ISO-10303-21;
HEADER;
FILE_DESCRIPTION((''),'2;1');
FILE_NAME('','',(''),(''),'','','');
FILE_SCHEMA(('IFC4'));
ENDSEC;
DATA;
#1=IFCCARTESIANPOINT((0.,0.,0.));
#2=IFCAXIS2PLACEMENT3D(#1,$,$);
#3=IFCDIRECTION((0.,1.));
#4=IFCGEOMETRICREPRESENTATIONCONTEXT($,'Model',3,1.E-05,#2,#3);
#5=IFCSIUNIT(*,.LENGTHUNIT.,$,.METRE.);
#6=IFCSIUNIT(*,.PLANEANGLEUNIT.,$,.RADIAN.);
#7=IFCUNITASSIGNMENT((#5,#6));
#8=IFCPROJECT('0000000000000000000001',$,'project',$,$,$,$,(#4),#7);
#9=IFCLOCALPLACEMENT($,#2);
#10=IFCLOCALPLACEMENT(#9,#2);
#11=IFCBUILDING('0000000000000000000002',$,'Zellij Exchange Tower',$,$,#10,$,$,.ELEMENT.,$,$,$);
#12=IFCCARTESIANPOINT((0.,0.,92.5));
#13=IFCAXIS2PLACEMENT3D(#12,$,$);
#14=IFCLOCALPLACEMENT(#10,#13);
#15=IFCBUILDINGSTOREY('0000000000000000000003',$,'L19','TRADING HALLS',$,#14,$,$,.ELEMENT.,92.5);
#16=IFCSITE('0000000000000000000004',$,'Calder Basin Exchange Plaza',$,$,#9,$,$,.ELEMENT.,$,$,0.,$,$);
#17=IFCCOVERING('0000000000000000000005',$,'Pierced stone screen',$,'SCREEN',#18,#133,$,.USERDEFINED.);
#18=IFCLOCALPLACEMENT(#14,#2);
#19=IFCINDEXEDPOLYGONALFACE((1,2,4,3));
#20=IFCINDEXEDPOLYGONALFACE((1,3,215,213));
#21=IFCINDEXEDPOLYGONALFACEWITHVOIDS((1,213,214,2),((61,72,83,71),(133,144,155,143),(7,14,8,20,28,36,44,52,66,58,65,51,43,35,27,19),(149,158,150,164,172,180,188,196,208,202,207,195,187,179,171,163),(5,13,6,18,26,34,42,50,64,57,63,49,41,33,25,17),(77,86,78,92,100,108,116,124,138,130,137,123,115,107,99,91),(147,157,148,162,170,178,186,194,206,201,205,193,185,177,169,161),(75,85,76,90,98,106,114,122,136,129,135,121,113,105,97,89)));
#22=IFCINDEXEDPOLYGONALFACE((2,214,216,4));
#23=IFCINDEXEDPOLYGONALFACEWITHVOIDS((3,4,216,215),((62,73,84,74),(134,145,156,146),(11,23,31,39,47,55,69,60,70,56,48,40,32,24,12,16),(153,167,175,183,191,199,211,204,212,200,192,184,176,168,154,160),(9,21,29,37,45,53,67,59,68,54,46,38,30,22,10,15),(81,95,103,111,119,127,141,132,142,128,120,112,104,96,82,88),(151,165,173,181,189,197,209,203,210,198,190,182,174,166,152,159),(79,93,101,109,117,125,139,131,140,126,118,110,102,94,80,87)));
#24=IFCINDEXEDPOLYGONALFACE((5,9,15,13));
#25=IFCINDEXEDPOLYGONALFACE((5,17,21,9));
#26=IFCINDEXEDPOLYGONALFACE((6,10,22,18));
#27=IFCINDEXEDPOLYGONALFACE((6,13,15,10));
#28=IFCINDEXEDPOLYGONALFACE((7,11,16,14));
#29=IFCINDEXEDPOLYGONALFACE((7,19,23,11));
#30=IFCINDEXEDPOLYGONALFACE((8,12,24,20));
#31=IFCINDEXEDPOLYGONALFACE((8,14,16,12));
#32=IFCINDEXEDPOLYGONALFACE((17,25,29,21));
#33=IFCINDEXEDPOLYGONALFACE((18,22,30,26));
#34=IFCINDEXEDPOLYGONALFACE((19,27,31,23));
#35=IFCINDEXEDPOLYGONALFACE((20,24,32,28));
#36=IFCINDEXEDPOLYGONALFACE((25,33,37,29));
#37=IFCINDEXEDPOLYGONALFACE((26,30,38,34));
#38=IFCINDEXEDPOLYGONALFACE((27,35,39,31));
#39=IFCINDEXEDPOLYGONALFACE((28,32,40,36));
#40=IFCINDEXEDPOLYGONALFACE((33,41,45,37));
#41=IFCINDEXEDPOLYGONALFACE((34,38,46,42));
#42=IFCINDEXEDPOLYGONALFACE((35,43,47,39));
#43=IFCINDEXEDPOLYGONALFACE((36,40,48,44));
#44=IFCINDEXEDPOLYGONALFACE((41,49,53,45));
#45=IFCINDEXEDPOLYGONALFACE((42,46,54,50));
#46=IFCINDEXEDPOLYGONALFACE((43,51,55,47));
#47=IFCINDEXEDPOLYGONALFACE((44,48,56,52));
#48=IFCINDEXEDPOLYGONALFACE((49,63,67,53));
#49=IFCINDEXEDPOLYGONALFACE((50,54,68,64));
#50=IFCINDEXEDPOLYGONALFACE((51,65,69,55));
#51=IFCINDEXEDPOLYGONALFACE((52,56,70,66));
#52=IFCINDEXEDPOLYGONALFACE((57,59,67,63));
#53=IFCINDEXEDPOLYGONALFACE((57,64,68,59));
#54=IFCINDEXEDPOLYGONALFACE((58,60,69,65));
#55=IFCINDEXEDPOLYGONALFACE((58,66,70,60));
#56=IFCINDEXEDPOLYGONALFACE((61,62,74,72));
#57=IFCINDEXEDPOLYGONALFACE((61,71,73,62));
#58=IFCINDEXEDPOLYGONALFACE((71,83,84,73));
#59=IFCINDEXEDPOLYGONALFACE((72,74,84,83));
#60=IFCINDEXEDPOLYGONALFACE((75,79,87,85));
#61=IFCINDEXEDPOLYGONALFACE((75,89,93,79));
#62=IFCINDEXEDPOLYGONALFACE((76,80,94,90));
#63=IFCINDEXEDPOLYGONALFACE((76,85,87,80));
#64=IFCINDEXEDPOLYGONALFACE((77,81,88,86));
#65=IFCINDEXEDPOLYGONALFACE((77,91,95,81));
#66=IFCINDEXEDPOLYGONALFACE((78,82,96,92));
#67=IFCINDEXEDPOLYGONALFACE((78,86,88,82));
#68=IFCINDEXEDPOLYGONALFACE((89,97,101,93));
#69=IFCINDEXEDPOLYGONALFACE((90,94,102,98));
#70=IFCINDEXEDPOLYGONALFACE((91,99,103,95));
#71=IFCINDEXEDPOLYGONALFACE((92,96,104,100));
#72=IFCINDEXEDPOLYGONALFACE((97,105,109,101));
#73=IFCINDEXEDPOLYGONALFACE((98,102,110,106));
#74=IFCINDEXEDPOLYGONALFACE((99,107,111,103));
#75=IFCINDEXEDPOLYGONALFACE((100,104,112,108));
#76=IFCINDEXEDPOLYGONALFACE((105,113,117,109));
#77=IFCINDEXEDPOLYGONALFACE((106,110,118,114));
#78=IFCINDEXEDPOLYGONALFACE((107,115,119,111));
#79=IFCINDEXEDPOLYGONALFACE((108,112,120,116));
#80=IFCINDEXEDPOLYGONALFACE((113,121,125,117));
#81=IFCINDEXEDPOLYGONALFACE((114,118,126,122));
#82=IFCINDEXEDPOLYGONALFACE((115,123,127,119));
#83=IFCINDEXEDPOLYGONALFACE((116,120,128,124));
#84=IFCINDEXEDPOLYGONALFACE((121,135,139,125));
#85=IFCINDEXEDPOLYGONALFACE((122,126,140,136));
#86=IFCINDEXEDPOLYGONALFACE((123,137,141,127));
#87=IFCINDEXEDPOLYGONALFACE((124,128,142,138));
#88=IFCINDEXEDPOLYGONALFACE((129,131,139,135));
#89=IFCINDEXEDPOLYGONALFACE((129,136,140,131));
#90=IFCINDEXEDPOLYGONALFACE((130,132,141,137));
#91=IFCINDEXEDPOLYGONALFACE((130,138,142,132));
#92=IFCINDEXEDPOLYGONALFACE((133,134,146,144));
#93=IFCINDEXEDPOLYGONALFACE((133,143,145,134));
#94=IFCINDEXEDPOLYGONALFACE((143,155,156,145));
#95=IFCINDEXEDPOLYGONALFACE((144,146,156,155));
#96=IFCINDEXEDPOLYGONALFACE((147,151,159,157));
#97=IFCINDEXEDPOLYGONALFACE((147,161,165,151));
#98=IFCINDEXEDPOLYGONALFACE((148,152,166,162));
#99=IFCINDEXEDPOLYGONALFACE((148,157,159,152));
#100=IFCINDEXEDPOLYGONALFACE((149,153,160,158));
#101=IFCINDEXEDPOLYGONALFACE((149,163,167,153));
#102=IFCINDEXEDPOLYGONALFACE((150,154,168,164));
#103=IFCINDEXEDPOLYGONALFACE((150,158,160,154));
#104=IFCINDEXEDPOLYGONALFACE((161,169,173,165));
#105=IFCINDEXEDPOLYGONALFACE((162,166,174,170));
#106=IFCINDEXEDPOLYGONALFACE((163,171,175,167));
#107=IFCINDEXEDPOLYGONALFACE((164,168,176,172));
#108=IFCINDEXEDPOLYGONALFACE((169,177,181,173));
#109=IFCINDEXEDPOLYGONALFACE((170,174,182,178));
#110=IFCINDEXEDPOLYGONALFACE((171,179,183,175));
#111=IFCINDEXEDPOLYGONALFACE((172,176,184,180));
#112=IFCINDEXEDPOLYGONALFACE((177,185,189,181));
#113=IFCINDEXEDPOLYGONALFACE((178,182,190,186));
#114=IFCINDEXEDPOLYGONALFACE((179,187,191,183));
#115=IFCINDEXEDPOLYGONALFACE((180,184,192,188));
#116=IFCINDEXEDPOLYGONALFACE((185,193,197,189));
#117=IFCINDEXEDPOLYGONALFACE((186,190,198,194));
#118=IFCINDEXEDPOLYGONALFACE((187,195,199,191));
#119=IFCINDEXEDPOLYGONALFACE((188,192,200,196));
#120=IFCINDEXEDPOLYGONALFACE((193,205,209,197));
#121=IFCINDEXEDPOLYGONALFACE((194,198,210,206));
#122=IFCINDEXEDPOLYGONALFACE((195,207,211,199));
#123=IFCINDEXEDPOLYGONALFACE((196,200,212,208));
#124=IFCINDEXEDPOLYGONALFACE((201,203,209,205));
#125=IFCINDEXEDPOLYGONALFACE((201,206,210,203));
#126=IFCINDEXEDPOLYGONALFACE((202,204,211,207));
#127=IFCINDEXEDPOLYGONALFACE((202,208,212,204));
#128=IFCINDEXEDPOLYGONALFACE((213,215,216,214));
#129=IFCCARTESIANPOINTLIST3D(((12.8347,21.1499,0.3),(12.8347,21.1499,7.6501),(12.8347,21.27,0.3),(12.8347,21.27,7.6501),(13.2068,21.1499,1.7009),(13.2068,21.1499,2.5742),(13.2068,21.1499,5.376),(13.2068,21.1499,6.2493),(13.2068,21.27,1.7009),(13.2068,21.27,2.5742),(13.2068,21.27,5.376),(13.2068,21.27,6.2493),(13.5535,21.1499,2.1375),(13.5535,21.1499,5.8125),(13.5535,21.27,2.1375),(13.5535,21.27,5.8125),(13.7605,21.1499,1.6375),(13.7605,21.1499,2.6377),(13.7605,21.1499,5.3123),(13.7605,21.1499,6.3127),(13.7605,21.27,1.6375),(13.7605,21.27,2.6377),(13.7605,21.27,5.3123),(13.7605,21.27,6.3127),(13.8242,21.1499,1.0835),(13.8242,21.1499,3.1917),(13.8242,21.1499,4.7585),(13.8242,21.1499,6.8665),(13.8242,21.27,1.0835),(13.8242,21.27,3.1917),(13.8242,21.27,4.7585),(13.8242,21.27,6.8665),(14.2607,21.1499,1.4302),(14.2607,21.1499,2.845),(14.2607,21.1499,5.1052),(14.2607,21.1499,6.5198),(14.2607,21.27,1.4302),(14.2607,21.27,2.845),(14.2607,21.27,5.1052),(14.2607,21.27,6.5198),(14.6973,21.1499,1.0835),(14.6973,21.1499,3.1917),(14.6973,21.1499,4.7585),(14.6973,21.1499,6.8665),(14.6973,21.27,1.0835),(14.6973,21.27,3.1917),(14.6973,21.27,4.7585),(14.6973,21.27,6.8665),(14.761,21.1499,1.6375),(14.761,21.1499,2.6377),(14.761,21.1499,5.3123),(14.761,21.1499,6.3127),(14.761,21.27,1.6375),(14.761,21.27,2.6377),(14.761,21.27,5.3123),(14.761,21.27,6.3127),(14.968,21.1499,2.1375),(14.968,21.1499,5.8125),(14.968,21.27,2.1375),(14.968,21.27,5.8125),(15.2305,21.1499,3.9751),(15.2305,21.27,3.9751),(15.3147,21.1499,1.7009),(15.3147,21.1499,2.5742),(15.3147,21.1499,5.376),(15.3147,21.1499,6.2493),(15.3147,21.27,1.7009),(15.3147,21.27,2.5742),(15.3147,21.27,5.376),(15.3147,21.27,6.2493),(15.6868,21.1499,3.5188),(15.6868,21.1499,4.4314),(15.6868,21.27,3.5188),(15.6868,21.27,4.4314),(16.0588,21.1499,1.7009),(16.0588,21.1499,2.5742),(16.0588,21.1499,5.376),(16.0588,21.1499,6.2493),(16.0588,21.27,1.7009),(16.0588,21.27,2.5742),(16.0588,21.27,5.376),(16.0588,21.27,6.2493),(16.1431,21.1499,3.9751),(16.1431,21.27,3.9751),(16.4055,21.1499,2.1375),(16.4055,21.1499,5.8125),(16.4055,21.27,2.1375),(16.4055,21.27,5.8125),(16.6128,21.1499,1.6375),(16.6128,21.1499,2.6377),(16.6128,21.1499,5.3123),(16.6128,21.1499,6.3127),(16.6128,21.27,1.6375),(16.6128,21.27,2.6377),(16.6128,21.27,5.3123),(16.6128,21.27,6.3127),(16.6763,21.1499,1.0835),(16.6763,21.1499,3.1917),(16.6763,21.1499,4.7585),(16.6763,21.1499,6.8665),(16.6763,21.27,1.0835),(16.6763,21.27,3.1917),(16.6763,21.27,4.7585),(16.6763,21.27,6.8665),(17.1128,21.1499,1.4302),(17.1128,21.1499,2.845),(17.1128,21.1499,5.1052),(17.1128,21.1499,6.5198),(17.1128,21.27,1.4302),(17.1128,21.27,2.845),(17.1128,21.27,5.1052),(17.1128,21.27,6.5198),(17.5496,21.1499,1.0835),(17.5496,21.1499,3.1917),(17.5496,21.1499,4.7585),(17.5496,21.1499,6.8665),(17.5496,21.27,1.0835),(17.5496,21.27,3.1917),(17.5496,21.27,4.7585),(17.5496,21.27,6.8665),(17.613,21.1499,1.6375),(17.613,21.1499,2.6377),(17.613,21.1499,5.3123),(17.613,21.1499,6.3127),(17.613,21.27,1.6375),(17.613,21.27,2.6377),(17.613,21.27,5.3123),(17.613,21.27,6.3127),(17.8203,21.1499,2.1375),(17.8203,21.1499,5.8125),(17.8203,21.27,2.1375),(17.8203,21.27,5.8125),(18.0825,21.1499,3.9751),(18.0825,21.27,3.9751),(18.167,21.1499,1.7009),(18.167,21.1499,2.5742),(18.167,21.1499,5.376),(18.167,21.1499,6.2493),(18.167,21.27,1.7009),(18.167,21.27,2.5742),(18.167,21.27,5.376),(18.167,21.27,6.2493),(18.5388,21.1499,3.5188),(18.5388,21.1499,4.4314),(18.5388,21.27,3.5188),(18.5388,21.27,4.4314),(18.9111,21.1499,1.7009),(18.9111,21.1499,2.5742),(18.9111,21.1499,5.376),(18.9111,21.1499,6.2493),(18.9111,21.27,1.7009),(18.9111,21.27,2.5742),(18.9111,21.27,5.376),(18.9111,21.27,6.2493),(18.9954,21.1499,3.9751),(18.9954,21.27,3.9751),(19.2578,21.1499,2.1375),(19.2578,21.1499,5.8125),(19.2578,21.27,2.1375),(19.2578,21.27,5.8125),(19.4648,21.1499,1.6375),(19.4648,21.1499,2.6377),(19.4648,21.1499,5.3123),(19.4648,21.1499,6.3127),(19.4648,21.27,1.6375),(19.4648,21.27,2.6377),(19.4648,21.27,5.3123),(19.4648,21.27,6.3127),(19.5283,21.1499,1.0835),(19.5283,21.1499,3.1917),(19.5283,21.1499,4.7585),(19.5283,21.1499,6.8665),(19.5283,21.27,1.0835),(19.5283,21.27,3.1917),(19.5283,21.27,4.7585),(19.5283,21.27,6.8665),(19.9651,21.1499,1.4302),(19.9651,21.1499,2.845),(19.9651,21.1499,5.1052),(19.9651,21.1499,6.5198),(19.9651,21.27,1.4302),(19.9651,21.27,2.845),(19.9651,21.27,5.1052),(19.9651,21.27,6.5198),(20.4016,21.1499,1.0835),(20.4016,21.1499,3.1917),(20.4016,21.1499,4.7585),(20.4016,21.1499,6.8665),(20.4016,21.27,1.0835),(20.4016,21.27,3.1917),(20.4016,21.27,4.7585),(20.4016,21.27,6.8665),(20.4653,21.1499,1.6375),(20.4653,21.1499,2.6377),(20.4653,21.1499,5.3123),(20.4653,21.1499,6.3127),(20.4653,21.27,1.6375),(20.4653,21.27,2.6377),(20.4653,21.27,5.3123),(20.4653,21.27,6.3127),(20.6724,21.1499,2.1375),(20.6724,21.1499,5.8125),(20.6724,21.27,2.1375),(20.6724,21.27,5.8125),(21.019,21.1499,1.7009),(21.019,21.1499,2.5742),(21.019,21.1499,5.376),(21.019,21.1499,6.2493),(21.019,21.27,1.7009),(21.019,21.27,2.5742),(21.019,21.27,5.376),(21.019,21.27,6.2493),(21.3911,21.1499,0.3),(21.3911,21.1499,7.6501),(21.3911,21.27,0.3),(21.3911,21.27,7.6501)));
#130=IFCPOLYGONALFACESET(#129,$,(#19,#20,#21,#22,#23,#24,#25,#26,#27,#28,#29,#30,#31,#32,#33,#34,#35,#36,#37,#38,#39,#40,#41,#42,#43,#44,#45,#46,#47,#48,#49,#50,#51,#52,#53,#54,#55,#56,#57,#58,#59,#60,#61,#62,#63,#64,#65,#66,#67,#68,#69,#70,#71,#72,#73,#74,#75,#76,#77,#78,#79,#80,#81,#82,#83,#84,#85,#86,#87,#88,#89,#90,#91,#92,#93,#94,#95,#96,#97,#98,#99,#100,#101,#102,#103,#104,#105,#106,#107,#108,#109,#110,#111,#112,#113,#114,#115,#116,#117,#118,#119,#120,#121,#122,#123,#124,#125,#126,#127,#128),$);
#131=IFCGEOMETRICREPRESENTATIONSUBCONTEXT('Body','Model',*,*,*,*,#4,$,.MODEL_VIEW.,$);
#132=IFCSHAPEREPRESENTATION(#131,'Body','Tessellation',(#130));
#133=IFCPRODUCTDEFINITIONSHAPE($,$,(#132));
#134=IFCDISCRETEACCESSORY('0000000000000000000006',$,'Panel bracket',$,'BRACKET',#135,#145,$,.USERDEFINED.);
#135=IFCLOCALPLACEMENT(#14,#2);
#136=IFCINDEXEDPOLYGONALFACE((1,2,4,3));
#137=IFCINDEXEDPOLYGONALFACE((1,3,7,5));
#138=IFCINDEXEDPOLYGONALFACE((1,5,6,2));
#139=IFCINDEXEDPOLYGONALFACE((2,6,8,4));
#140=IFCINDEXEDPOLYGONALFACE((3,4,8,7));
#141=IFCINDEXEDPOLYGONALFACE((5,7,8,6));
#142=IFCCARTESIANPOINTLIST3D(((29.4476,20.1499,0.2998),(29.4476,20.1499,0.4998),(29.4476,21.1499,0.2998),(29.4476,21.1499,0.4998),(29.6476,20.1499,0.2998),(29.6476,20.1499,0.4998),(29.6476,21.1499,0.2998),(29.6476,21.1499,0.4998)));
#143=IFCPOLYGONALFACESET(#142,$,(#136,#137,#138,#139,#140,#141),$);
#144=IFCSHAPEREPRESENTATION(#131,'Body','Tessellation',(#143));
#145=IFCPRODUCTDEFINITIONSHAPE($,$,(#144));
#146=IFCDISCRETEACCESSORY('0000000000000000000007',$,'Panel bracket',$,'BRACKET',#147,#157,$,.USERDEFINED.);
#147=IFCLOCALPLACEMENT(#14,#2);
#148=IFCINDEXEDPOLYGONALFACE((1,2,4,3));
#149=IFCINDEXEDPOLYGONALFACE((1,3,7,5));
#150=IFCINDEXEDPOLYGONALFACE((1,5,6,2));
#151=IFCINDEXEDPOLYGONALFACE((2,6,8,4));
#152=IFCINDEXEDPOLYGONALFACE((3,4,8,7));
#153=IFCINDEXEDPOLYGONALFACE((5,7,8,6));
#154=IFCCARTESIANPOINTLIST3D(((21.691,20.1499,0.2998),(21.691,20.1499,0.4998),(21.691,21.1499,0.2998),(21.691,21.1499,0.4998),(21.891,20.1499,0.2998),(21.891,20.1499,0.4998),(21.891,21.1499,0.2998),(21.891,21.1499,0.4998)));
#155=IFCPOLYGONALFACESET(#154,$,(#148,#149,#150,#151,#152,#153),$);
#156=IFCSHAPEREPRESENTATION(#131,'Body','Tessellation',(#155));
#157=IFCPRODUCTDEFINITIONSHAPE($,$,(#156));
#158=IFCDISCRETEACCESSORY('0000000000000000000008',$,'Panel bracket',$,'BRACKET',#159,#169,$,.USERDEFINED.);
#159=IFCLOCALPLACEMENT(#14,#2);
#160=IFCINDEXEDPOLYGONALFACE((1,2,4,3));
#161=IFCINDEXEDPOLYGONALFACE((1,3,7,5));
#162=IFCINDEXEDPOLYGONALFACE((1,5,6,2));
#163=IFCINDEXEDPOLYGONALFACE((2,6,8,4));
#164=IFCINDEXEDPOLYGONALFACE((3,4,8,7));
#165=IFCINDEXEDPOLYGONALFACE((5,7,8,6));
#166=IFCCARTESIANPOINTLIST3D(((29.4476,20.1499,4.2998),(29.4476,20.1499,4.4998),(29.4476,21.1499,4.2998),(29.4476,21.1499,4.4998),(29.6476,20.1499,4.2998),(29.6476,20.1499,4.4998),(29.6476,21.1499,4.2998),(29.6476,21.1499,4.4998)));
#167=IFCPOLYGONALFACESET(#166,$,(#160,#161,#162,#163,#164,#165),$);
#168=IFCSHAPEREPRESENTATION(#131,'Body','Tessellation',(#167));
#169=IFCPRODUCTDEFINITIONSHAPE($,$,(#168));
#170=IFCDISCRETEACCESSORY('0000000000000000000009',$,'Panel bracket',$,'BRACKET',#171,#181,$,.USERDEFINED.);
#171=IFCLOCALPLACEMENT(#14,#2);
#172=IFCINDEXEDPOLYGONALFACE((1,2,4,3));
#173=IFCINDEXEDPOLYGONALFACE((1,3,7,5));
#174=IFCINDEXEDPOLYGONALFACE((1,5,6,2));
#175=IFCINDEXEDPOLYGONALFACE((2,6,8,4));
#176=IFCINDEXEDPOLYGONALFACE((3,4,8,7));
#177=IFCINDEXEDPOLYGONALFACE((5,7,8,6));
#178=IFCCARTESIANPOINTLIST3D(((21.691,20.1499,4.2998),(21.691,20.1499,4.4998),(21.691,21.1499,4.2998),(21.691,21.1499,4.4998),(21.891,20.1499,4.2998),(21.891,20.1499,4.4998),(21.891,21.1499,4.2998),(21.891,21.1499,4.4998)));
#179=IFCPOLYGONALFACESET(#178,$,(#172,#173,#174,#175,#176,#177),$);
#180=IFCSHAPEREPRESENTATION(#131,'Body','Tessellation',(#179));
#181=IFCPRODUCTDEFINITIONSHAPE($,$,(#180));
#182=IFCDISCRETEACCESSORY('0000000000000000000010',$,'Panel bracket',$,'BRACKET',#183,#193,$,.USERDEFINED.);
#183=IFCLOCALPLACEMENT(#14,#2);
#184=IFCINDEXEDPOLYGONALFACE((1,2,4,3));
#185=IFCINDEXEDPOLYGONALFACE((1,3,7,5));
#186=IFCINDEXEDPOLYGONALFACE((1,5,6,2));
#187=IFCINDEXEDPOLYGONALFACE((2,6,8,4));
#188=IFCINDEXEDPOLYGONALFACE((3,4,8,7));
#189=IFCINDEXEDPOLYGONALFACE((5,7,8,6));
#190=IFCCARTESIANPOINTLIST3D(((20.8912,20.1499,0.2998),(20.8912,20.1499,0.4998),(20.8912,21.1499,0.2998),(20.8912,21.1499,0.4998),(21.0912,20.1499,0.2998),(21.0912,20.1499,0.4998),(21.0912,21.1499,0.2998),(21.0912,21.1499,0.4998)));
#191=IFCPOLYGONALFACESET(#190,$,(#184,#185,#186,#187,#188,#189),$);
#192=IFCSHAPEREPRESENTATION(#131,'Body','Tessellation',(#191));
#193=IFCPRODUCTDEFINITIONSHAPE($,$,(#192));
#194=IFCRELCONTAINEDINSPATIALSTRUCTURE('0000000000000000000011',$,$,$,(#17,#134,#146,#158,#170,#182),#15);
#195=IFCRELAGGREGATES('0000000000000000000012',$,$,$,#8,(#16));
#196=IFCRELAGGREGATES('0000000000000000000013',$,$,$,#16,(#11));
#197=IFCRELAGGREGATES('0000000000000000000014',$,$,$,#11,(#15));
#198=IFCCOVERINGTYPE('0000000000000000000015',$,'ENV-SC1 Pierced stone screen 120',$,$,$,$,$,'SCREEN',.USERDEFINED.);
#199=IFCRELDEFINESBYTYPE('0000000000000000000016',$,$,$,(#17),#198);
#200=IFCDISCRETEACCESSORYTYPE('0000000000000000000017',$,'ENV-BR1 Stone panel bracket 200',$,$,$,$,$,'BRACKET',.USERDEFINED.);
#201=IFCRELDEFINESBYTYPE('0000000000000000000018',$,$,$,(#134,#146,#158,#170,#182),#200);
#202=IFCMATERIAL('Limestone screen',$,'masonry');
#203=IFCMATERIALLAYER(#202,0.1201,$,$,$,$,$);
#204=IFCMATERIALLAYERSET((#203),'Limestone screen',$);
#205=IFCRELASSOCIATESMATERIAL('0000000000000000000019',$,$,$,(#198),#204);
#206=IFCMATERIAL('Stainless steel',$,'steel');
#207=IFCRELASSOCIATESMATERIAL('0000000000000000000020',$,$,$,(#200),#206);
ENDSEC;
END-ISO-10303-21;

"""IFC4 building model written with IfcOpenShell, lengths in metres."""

from ifc_helpers import new_model, si_unit, direction, frame, origin, origin_2d, place, context, subcontext, project, spatial, polyline, rectangle, outline, extrude, material, layer, layer_set, type_object, element, save


model = new_model("IFC4")

# Units and contexts
model_context = context("Model", 3, precision=1e-05, world=origin(), true_north=direction((0.0, 1.0)))
body_context = subcontext(model_context, "Body", "Model", "MODEL_VIEW")
ifc_project = project(units=[si_unit("LENGTHUNIT", "METRE"), si_unit("PLANEANGLEUNIT", "RADIAN")], contexts=[model_context])

# Site, building, storey
site_placement = place(None, origin())
site = spatial("IfcSite", under=ifc_project, at=site_placement, Name="Calder Basin Exchange Plaza", CompositionType="ELEMENT", RefElevation=0.0)
building_placement = place(site_placement, origin())
building = spatial("IfcBuilding", under=site, at=building_placement, Name="Zellij Exchange Tower", CompositionType="ELEMENT")
storey_placement = place(building_placement, frame((0.0, 0.0, 92.5)))
storey = spatial("IfcBuildingStorey", under=building, at=storey_placement, Name="L19", Description="TRADING HALLS", CompositionType="ELEMENT", Elevation=92.5)

# Covering
ifc_material_1 = material(Name="Limestone screen", Category="masonry")
ifc_layer_1 = layer(ifc_material_1, 0.1201)
ifc_layer_set_1 = layer_set([ifc_layer_1], Name="Limestone screen")
covering_type = type_object("IfcCoveringType", Name="ENV-SC1 Pierced stone screen 120", ElementType="SCREEN", PredefinedType="USERDEFINED", material=ifc_layer_set_1)
covering_1_placement = place(storey_placement, frame((21.3911, 21.21, 0.3), z_axis=(0.0, 0.0, 1.0), x_axis=(-1.0, 0.0, 0.0)))
element("IfcCovering", 1, at=covering_1_placement, inside=storey, type_object=covering_type, Name="Pierced stone screen", ObjectType="SCREEN", PredefinedType="USERDEFINED", context=body_context, shape_type="SweptSolid", body=[
    extrude(outline(polyline([(0.0, 0.0), (8.5564, 0.0), (8.5564, 7.3501), (0.0, 7.3501), (0.0, 0.0)]), holes=[polyline([(2.48, 2.2742), (1.9263, 2.3376), (1.8628, 2.8916), (1.426, 2.5449), (0.9895, 2.8916), (0.9258, 2.3376), (0.3721, 2.2742), (0.7188, 1.8374), (0.3721, 1.4009), (0.9258, 1.3374), (0.9895, 0.7834), (1.426, 1.1301), (1.8628, 0.7834), (1.9263, 1.3374), (2.48, 1.4009), (2.1333, 1.8374), (2.48, 2.2742)]), polyline([(2.48, 5.9492), (1.9263, 6.0127), (1.8628, 6.5664), (1.426, 6.2197), (0.9895, 6.5664), (0.9258, 6.0127), (0.3721, 5.9492), (0.7188, 5.5125), (0.3721, 5.0759), (0.9258, 5.0122), (0.9895, 4.4585), (1.426, 4.8052), (1.8628, 4.4585), (1.9263, 5.0122), (2.48, 5.0759), (2.1333, 5.5125), (2.48, 5.9492)]), polyline([(5.3323, 2.2742), (4.7783, 2.3376), (4.7148, 2.8916), (4.2783, 2.5449), (3.8416, 2.8916), (3.7781, 2.3376), (3.2241, 2.2742), (3.5708, 1.8374), (3.2241, 1.4009), (3.7781, 1.3374), (3.8416, 0.7834), (4.2783, 1.1301), (4.7148, 0.7834), (4.7783, 1.3374), (5.3323, 1.4009), (4.9856, 1.8374), (5.3323, 2.2742)]), polyline([(5.3323, 5.9492), (4.7783, 6.0127), (4.7148, 6.5664), (4.2783, 6.2197), (3.8416, 6.5664), (3.7781, 6.0127), (3.2241, 5.9492), (3.5708, 5.5125), (3.2241, 5.0759), (3.7781, 5.0122), (3.8416, 4.4585), (4.2783, 4.8052), (4.7148, 4.4585), (4.7783, 5.0122), (5.3323, 5.0759), (4.9856, 5.5125), (5.3323, 5.9492)]), polyline([(8.1843, 2.2742), (7.6306, 2.3376), (7.5669, 2.8916), (7.1304, 2.5449), (6.6938, 2.8916), (6.6301, 2.3376), (6.0764, 2.2742), (6.4231, 1.8374), (6.0764, 1.4009), (6.6301, 1.3374), (6.6938, 0.7834), (7.1304, 1.1301), (7.5669, 0.7834), (7.6306, 1.3374), (8.1843, 1.4009), (7.8376, 1.8374), (8.1843, 2.2742)]), polyline([(8.1843, 5.9492), (7.6306, 6.0127), (7.5669, 6.5664), (7.1304, 6.2197), (6.6938, 6.5664), (6.6301, 6.0127), (6.0764, 5.9492), (6.4231, 5.5125), (6.0764, 5.0759), (6.6301, 5.0122), (6.6938, 4.4585), (7.1304, 4.8052), (7.5669, 4.4585), (7.6306, 5.0122), (8.1843, 5.0759), (7.8376, 5.5125), (8.1843, 5.9492)]), polyline([(3.3086, 3.675), (2.8523, 4.1313), (2.3958, 3.675), (2.8523, 3.2188), (3.3086, 3.675)]), polyline([(6.1606, 3.675), (5.7043, 4.1313), (5.248, 3.675), (5.7043, 3.2188), (6.1606, 3.675)])]), frame((0.0, 0.0601, 0.0), z_axis=(0.0, -1.0, 0.0), x_axis=(1.0, 0.0, 0.0)), (0.0, 0.0, 1.0), 0.1201),
])

# Discrete accessories
ifc_material_2 = material(Name="Stainless steel", Category="steel")
discrete_accessory_type = type_object("IfcDiscreteAccessoryType", Name="ENV-BR1 Stone panel bracket 200", ElementType="BRACKET", PredefinedType="USERDEFINED", material=ifc_material_2)
for number, where, z_axis, x_axis, name in (
    (2, (29.5476, 20.6499, 0.2998), (0.0, 0.0, 1.0), (-1.0, 0.0, 0.0), "Panel bracket"),
    (3, (21.791, 20.6499, 0.2998), (0.0, 0.0, 1.0), (-1.0, 0.0, 0.0), "Panel bracket"),
    (4, (29.5476, 20.6499, 4.2998), (0.0, 0.0, 1.0), (-1.0, 0.0, 0.0), "Panel bracket"),
    (5, (21.791, 20.6499, 4.2998), (0.0, 0.0, 1.0), (-1.0, 0.0, 0.0), "Panel bracket"),
    (6, (20.9912, 20.6499, 0.2998), (0.0, 0.0, 1.0), (-1.0, 0.0, 0.0), "Panel bracket"),
):
    element("IfcDiscreteAccessory", number, at=place(storey_placement, frame(where, z_axis=z_axis, x_axis=x_axis)), inside=storey, type_object=discrete_accessory_type, Name=name, ObjectType="BRACKET", PredefinedType="USERDEFINED", context=body_context, shape_type="SweptSolid", body=[
        extrude(rectangle(XDim=0.2, YDim=1.0, at=origin_2d()), origin(), (0.0, 0.0, 1.0), 0.2),
    ])

save(model, "model.ifc")
